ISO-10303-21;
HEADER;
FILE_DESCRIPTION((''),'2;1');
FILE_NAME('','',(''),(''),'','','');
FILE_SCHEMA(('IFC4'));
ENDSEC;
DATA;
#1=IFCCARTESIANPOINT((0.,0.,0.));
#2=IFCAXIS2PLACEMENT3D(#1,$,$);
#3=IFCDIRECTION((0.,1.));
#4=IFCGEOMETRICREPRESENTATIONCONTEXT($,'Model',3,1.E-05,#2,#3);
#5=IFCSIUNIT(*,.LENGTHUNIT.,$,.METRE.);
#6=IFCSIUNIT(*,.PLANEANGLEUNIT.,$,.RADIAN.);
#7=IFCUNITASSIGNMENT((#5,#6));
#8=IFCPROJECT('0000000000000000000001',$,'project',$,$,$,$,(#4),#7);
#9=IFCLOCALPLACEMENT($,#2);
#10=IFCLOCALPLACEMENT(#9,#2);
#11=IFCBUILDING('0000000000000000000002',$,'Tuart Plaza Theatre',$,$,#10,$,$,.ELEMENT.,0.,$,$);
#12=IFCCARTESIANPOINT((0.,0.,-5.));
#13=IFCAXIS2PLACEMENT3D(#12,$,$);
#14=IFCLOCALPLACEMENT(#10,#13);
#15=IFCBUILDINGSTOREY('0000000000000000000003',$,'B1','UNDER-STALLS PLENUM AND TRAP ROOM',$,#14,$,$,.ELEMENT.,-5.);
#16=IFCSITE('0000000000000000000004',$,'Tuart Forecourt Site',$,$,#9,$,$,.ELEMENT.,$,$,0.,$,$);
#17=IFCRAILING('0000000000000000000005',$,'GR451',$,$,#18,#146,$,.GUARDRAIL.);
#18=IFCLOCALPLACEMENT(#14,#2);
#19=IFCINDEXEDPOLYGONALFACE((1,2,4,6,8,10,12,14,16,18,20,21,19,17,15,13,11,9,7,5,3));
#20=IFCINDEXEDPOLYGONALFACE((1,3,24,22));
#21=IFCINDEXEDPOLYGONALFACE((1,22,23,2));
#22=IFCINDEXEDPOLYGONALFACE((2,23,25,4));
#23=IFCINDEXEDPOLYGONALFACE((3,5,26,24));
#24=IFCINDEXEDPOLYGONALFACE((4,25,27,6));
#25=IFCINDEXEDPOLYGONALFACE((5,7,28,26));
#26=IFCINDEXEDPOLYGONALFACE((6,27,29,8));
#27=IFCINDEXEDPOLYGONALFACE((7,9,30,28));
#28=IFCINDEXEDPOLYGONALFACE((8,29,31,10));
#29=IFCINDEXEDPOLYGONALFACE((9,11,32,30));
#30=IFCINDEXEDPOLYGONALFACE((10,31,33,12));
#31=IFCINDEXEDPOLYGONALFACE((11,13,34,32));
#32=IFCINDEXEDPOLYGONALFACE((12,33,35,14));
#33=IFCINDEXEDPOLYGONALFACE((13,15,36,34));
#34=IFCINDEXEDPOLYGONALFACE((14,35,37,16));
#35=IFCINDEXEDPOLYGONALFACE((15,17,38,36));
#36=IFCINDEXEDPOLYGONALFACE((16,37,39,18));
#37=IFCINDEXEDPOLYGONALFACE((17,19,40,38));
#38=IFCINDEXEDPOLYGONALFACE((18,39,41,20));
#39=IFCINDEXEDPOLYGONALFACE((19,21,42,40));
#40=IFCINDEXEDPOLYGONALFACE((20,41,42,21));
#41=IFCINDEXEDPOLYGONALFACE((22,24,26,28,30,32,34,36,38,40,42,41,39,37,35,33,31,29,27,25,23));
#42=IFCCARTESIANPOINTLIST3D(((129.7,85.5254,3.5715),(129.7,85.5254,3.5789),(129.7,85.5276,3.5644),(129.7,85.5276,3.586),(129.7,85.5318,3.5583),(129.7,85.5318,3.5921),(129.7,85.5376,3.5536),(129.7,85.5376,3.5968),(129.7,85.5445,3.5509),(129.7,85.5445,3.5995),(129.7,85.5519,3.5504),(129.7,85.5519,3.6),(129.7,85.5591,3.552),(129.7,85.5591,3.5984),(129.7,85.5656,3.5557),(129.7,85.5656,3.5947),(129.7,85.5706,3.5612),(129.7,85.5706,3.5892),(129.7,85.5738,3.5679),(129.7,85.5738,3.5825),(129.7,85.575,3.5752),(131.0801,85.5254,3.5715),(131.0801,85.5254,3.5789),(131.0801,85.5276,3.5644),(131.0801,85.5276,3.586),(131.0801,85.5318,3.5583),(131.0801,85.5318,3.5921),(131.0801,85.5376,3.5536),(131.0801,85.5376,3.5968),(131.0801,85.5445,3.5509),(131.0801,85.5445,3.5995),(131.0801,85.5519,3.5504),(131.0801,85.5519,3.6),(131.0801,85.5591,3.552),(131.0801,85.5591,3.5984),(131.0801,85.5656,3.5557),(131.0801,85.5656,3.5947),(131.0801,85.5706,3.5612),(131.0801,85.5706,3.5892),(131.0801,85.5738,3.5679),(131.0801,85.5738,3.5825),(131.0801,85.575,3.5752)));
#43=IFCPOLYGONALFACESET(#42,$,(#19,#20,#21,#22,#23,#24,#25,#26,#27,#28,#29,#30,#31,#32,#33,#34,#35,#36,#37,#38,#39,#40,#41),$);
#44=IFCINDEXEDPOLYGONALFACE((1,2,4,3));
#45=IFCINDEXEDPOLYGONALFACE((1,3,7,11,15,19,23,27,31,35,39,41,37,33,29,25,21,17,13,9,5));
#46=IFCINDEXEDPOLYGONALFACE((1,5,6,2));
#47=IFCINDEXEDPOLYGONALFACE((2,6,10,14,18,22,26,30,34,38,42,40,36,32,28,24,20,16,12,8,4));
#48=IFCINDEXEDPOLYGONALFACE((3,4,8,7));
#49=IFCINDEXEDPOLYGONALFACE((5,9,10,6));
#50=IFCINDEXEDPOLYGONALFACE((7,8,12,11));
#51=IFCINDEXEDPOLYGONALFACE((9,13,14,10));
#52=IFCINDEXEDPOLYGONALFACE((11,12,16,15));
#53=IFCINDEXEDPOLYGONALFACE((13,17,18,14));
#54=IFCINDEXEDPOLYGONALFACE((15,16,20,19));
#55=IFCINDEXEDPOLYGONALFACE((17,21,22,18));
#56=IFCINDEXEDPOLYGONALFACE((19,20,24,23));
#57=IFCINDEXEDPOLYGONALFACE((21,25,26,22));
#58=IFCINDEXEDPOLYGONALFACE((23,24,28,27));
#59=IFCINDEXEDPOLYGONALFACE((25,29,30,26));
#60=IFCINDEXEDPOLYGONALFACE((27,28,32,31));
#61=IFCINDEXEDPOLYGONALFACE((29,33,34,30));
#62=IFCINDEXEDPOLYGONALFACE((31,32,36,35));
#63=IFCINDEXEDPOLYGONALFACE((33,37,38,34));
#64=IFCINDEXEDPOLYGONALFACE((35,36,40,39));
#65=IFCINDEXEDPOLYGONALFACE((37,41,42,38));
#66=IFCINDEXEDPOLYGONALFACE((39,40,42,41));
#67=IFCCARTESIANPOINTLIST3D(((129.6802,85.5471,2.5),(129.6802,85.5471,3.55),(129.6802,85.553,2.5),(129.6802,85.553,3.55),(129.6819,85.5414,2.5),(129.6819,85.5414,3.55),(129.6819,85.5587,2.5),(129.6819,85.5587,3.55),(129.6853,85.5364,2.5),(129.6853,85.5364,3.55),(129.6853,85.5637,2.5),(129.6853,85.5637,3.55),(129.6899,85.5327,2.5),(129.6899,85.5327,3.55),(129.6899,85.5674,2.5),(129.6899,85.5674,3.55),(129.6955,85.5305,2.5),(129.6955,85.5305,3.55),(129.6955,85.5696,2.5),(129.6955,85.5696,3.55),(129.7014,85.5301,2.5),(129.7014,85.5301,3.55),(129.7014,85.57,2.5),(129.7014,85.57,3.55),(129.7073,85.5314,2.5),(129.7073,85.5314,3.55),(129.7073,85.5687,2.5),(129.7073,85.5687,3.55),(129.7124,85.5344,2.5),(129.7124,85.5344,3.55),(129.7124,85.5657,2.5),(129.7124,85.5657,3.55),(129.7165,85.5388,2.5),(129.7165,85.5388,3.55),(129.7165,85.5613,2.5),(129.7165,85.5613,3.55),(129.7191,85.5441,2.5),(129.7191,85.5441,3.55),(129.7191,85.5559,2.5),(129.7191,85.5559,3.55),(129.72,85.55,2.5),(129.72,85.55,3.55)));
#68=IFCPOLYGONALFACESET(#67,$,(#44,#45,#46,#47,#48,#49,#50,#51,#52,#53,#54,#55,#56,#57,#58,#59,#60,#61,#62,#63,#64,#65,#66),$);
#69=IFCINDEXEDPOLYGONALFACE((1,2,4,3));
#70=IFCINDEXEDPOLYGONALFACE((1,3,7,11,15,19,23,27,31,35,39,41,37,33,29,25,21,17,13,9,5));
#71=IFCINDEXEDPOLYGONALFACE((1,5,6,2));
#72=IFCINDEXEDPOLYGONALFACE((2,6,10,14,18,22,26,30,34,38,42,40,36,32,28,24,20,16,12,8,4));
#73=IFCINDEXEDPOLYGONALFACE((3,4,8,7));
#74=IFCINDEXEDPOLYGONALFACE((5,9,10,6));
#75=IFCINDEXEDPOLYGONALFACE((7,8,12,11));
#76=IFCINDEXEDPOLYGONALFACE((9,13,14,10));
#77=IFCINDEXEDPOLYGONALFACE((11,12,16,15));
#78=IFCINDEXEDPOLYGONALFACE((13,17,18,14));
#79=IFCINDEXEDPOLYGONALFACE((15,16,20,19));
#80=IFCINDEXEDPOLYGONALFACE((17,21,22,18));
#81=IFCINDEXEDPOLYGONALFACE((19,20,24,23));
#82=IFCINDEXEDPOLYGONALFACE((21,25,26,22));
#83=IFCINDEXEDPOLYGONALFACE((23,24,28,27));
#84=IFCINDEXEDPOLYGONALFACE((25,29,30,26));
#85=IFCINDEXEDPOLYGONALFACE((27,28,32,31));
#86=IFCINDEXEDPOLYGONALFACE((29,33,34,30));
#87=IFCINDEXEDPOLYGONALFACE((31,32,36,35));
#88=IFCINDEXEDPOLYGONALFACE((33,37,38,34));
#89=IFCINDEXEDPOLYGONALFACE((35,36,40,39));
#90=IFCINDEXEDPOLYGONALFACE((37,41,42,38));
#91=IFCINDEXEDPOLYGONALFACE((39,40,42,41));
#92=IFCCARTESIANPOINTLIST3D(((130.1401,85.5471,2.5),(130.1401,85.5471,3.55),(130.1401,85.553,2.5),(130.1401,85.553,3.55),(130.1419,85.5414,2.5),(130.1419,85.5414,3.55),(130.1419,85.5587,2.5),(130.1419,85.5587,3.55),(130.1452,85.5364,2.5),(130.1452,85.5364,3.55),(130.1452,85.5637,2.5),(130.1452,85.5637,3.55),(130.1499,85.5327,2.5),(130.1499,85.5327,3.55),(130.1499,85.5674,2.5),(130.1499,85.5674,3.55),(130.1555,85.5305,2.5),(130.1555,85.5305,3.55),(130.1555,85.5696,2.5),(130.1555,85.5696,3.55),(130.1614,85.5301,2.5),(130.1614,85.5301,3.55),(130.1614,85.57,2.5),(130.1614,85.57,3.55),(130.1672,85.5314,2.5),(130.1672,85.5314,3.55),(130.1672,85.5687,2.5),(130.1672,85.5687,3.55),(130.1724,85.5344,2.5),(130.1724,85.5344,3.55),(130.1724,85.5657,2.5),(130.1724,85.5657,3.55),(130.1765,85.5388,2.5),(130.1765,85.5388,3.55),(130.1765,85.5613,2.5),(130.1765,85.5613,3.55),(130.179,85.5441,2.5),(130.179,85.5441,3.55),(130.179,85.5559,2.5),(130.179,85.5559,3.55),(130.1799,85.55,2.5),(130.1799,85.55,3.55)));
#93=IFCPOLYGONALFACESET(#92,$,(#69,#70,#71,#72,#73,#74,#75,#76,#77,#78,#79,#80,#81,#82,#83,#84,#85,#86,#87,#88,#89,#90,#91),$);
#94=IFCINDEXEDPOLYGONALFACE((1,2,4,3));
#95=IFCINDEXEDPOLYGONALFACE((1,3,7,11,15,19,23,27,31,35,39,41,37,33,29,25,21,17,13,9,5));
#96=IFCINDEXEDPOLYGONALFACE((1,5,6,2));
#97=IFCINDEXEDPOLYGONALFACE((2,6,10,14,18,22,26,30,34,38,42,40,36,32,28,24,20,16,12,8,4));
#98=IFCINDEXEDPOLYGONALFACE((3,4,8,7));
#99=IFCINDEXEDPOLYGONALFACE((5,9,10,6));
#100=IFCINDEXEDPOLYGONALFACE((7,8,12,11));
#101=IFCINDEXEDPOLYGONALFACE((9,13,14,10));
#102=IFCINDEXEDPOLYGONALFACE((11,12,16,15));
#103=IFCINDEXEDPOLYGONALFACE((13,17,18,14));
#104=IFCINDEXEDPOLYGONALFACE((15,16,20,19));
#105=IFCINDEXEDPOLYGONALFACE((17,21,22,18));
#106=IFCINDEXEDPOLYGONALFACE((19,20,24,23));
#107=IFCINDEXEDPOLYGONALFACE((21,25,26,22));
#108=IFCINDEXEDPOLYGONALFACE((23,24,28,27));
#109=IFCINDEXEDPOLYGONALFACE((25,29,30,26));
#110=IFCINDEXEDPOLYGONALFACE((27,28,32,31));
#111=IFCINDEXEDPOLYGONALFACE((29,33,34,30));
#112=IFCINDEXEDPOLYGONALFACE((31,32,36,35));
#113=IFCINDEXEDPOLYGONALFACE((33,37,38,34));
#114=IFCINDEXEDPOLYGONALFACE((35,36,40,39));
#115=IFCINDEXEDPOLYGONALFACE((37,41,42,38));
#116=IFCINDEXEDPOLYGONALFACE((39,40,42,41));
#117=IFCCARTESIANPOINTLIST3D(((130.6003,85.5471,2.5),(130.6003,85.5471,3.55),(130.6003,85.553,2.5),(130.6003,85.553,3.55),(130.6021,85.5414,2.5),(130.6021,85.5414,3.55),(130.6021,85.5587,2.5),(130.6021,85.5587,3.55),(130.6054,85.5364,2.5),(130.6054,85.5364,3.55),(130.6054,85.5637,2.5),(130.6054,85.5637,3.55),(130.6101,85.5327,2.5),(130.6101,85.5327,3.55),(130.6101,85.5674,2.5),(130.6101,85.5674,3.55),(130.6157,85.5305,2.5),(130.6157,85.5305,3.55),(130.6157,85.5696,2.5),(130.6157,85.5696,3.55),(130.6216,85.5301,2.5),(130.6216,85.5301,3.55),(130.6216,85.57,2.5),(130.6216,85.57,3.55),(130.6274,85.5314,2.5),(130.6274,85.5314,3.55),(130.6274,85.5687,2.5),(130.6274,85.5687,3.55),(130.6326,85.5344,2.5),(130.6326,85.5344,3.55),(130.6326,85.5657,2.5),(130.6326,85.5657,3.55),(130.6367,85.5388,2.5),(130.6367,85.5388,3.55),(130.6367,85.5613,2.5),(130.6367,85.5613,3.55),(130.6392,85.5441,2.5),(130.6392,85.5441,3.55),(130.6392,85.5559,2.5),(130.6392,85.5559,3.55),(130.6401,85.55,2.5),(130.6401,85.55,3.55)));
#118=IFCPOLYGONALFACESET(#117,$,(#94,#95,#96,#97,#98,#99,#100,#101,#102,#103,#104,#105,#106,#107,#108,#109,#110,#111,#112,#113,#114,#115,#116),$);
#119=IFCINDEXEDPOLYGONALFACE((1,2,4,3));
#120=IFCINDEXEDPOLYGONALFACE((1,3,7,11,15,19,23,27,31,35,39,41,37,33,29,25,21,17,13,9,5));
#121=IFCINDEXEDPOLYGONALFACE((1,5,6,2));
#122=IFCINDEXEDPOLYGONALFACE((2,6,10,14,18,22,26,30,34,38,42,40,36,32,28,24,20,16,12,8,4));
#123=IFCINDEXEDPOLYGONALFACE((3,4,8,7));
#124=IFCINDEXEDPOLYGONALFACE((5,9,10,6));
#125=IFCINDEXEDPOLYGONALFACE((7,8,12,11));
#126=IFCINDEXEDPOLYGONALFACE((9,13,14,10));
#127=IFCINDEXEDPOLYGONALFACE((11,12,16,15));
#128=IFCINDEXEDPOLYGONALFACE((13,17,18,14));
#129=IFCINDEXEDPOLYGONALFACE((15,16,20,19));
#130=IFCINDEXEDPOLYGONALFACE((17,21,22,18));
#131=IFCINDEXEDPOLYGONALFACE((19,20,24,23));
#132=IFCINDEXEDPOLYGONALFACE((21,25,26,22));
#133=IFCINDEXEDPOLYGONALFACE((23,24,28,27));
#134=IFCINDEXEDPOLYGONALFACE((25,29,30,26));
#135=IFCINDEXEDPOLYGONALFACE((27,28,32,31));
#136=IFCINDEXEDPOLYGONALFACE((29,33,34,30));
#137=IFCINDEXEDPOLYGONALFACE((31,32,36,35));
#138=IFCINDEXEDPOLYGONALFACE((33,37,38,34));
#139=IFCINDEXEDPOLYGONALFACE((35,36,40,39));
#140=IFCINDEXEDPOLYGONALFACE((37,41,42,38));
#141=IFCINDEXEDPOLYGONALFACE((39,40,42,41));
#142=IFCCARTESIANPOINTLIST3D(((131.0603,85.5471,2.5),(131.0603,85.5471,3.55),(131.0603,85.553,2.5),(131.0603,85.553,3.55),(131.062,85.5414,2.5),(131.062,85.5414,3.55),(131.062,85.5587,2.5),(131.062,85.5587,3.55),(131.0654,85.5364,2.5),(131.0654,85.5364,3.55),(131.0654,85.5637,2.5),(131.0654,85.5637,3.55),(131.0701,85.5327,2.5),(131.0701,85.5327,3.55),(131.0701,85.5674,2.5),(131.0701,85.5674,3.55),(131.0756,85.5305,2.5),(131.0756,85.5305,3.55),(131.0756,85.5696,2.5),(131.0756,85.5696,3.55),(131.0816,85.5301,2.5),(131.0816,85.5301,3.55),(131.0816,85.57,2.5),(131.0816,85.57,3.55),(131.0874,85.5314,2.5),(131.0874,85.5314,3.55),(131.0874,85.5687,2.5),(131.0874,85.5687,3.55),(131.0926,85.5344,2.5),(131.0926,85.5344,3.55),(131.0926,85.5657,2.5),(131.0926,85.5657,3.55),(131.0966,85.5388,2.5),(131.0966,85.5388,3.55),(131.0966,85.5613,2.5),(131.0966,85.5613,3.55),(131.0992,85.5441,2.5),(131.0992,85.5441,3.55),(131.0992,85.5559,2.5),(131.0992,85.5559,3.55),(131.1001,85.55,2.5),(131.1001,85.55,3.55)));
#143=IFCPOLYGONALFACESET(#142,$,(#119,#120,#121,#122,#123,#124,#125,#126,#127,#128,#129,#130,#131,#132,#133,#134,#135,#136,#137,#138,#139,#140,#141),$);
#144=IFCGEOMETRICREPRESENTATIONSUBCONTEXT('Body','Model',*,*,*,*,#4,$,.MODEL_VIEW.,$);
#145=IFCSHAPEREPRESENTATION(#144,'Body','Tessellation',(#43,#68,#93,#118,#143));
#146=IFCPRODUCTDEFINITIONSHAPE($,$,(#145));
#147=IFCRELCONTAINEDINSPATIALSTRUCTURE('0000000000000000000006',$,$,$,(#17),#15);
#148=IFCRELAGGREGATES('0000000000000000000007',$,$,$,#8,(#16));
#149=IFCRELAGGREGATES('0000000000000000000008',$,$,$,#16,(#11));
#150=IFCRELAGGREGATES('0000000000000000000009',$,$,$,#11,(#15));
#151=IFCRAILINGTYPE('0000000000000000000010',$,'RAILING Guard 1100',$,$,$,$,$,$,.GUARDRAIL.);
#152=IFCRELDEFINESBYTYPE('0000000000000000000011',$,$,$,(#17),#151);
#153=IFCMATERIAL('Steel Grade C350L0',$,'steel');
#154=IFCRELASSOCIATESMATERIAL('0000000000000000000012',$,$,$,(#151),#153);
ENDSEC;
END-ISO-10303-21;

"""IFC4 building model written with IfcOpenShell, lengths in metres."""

from ifc_helpers import new_model, si_unit, direction, frame, origin, origin_2d, place, context, subcontext, project, spatial, circle, extrude, material, type_object, element, save


model = new_model("IFC4")

# Units and contexts
model_context = context("Model", 3, precision=1e-05, world=origin(), true_north=direction((0.0, 1.0)))
body_context = subcontext(model_context, "Body", "Model", "MODEL_VIEW")
ifc_project = project(units=[si_unit("LENGTHUNIT", "METRE"), si_unit("PLANEANGLEUNIT", "RADIAN")], contexts=[model_context])

# Site, building, storey
site_placement = place(None, origin())
site = spatial("IfcSite", under=ifc_project, at=site_placement, Name="Tuart Forecourt Site", CompositionType="ELEMENT", RefElevation=0.0)
building_placement = place(site_placement, origin())
building = spatial("IfcBuilding", under=site, at=building_placement, Name="Tuart Plaza Theatre", CompositionType="ELEMENT", ElevationOfRefHeight=0.0)
storey_placement = place(building_placement, frame((0.0, 0.0, -5.0)))
storey = spatial("IfcBuildingStorey", under=building, at=storey_placement, Name="B1", Description="UNDER-STALLS PLENUM AND TRAP ROOM", CompositionType="ELEMENT", Elevation=-5.0)

# Railing
ifc_material_1 = material(Name="Steel Grade C350L0", Category="steel")
railing_type_1 = type_object("IfcRailingType", Name="RAILING Guard 1100", PredefinedType="GUARDRAIL", material=ifc_material_1)
railing_1_placement = place(storey_placement, frame((129.7, 85.55, 2.5)))
element("IfcRailing", 1, at=railing_1_placement, inside=storey, type_object=railing_type_1, Name="GR451", PredefinedType="GUARDRAIL", context=body_context, shape_type="SweptSolid", body=[
    extrude(circle(Radius=0.0249, at=origin_2d()), frame((0.0, 0.0, 1.0752), z_axis=(1.0, 0.0, 0.0), x_axis=(0.0, 1.0, 0.0)), (0.0, 0.0, 1.0), 1.3801),
    extrude(circle(Radius=0.02, at=origin_2d()), origin(), (0.0, 0.0, 1.0), 1.05),
    extrude(circle(Radius=0.02, at=origin_2d()), frame((0.46, 0.0, 0.0)), (0.0, 0.0, 1.0), 1.05),
    extrude(circle(Radius=0.02, at=origin_2d()), frame((0.9202, 0.0, 0.0)), (0.0, 0.0, 1.0), 1.05),
    extrude(circle(Radius=0.02, at=origin_2d()), frame((1.3801, 0.0, 0.0)), (0.0, 0.0, 1.0), 1.05),
])

save(model, "model.ifc")
